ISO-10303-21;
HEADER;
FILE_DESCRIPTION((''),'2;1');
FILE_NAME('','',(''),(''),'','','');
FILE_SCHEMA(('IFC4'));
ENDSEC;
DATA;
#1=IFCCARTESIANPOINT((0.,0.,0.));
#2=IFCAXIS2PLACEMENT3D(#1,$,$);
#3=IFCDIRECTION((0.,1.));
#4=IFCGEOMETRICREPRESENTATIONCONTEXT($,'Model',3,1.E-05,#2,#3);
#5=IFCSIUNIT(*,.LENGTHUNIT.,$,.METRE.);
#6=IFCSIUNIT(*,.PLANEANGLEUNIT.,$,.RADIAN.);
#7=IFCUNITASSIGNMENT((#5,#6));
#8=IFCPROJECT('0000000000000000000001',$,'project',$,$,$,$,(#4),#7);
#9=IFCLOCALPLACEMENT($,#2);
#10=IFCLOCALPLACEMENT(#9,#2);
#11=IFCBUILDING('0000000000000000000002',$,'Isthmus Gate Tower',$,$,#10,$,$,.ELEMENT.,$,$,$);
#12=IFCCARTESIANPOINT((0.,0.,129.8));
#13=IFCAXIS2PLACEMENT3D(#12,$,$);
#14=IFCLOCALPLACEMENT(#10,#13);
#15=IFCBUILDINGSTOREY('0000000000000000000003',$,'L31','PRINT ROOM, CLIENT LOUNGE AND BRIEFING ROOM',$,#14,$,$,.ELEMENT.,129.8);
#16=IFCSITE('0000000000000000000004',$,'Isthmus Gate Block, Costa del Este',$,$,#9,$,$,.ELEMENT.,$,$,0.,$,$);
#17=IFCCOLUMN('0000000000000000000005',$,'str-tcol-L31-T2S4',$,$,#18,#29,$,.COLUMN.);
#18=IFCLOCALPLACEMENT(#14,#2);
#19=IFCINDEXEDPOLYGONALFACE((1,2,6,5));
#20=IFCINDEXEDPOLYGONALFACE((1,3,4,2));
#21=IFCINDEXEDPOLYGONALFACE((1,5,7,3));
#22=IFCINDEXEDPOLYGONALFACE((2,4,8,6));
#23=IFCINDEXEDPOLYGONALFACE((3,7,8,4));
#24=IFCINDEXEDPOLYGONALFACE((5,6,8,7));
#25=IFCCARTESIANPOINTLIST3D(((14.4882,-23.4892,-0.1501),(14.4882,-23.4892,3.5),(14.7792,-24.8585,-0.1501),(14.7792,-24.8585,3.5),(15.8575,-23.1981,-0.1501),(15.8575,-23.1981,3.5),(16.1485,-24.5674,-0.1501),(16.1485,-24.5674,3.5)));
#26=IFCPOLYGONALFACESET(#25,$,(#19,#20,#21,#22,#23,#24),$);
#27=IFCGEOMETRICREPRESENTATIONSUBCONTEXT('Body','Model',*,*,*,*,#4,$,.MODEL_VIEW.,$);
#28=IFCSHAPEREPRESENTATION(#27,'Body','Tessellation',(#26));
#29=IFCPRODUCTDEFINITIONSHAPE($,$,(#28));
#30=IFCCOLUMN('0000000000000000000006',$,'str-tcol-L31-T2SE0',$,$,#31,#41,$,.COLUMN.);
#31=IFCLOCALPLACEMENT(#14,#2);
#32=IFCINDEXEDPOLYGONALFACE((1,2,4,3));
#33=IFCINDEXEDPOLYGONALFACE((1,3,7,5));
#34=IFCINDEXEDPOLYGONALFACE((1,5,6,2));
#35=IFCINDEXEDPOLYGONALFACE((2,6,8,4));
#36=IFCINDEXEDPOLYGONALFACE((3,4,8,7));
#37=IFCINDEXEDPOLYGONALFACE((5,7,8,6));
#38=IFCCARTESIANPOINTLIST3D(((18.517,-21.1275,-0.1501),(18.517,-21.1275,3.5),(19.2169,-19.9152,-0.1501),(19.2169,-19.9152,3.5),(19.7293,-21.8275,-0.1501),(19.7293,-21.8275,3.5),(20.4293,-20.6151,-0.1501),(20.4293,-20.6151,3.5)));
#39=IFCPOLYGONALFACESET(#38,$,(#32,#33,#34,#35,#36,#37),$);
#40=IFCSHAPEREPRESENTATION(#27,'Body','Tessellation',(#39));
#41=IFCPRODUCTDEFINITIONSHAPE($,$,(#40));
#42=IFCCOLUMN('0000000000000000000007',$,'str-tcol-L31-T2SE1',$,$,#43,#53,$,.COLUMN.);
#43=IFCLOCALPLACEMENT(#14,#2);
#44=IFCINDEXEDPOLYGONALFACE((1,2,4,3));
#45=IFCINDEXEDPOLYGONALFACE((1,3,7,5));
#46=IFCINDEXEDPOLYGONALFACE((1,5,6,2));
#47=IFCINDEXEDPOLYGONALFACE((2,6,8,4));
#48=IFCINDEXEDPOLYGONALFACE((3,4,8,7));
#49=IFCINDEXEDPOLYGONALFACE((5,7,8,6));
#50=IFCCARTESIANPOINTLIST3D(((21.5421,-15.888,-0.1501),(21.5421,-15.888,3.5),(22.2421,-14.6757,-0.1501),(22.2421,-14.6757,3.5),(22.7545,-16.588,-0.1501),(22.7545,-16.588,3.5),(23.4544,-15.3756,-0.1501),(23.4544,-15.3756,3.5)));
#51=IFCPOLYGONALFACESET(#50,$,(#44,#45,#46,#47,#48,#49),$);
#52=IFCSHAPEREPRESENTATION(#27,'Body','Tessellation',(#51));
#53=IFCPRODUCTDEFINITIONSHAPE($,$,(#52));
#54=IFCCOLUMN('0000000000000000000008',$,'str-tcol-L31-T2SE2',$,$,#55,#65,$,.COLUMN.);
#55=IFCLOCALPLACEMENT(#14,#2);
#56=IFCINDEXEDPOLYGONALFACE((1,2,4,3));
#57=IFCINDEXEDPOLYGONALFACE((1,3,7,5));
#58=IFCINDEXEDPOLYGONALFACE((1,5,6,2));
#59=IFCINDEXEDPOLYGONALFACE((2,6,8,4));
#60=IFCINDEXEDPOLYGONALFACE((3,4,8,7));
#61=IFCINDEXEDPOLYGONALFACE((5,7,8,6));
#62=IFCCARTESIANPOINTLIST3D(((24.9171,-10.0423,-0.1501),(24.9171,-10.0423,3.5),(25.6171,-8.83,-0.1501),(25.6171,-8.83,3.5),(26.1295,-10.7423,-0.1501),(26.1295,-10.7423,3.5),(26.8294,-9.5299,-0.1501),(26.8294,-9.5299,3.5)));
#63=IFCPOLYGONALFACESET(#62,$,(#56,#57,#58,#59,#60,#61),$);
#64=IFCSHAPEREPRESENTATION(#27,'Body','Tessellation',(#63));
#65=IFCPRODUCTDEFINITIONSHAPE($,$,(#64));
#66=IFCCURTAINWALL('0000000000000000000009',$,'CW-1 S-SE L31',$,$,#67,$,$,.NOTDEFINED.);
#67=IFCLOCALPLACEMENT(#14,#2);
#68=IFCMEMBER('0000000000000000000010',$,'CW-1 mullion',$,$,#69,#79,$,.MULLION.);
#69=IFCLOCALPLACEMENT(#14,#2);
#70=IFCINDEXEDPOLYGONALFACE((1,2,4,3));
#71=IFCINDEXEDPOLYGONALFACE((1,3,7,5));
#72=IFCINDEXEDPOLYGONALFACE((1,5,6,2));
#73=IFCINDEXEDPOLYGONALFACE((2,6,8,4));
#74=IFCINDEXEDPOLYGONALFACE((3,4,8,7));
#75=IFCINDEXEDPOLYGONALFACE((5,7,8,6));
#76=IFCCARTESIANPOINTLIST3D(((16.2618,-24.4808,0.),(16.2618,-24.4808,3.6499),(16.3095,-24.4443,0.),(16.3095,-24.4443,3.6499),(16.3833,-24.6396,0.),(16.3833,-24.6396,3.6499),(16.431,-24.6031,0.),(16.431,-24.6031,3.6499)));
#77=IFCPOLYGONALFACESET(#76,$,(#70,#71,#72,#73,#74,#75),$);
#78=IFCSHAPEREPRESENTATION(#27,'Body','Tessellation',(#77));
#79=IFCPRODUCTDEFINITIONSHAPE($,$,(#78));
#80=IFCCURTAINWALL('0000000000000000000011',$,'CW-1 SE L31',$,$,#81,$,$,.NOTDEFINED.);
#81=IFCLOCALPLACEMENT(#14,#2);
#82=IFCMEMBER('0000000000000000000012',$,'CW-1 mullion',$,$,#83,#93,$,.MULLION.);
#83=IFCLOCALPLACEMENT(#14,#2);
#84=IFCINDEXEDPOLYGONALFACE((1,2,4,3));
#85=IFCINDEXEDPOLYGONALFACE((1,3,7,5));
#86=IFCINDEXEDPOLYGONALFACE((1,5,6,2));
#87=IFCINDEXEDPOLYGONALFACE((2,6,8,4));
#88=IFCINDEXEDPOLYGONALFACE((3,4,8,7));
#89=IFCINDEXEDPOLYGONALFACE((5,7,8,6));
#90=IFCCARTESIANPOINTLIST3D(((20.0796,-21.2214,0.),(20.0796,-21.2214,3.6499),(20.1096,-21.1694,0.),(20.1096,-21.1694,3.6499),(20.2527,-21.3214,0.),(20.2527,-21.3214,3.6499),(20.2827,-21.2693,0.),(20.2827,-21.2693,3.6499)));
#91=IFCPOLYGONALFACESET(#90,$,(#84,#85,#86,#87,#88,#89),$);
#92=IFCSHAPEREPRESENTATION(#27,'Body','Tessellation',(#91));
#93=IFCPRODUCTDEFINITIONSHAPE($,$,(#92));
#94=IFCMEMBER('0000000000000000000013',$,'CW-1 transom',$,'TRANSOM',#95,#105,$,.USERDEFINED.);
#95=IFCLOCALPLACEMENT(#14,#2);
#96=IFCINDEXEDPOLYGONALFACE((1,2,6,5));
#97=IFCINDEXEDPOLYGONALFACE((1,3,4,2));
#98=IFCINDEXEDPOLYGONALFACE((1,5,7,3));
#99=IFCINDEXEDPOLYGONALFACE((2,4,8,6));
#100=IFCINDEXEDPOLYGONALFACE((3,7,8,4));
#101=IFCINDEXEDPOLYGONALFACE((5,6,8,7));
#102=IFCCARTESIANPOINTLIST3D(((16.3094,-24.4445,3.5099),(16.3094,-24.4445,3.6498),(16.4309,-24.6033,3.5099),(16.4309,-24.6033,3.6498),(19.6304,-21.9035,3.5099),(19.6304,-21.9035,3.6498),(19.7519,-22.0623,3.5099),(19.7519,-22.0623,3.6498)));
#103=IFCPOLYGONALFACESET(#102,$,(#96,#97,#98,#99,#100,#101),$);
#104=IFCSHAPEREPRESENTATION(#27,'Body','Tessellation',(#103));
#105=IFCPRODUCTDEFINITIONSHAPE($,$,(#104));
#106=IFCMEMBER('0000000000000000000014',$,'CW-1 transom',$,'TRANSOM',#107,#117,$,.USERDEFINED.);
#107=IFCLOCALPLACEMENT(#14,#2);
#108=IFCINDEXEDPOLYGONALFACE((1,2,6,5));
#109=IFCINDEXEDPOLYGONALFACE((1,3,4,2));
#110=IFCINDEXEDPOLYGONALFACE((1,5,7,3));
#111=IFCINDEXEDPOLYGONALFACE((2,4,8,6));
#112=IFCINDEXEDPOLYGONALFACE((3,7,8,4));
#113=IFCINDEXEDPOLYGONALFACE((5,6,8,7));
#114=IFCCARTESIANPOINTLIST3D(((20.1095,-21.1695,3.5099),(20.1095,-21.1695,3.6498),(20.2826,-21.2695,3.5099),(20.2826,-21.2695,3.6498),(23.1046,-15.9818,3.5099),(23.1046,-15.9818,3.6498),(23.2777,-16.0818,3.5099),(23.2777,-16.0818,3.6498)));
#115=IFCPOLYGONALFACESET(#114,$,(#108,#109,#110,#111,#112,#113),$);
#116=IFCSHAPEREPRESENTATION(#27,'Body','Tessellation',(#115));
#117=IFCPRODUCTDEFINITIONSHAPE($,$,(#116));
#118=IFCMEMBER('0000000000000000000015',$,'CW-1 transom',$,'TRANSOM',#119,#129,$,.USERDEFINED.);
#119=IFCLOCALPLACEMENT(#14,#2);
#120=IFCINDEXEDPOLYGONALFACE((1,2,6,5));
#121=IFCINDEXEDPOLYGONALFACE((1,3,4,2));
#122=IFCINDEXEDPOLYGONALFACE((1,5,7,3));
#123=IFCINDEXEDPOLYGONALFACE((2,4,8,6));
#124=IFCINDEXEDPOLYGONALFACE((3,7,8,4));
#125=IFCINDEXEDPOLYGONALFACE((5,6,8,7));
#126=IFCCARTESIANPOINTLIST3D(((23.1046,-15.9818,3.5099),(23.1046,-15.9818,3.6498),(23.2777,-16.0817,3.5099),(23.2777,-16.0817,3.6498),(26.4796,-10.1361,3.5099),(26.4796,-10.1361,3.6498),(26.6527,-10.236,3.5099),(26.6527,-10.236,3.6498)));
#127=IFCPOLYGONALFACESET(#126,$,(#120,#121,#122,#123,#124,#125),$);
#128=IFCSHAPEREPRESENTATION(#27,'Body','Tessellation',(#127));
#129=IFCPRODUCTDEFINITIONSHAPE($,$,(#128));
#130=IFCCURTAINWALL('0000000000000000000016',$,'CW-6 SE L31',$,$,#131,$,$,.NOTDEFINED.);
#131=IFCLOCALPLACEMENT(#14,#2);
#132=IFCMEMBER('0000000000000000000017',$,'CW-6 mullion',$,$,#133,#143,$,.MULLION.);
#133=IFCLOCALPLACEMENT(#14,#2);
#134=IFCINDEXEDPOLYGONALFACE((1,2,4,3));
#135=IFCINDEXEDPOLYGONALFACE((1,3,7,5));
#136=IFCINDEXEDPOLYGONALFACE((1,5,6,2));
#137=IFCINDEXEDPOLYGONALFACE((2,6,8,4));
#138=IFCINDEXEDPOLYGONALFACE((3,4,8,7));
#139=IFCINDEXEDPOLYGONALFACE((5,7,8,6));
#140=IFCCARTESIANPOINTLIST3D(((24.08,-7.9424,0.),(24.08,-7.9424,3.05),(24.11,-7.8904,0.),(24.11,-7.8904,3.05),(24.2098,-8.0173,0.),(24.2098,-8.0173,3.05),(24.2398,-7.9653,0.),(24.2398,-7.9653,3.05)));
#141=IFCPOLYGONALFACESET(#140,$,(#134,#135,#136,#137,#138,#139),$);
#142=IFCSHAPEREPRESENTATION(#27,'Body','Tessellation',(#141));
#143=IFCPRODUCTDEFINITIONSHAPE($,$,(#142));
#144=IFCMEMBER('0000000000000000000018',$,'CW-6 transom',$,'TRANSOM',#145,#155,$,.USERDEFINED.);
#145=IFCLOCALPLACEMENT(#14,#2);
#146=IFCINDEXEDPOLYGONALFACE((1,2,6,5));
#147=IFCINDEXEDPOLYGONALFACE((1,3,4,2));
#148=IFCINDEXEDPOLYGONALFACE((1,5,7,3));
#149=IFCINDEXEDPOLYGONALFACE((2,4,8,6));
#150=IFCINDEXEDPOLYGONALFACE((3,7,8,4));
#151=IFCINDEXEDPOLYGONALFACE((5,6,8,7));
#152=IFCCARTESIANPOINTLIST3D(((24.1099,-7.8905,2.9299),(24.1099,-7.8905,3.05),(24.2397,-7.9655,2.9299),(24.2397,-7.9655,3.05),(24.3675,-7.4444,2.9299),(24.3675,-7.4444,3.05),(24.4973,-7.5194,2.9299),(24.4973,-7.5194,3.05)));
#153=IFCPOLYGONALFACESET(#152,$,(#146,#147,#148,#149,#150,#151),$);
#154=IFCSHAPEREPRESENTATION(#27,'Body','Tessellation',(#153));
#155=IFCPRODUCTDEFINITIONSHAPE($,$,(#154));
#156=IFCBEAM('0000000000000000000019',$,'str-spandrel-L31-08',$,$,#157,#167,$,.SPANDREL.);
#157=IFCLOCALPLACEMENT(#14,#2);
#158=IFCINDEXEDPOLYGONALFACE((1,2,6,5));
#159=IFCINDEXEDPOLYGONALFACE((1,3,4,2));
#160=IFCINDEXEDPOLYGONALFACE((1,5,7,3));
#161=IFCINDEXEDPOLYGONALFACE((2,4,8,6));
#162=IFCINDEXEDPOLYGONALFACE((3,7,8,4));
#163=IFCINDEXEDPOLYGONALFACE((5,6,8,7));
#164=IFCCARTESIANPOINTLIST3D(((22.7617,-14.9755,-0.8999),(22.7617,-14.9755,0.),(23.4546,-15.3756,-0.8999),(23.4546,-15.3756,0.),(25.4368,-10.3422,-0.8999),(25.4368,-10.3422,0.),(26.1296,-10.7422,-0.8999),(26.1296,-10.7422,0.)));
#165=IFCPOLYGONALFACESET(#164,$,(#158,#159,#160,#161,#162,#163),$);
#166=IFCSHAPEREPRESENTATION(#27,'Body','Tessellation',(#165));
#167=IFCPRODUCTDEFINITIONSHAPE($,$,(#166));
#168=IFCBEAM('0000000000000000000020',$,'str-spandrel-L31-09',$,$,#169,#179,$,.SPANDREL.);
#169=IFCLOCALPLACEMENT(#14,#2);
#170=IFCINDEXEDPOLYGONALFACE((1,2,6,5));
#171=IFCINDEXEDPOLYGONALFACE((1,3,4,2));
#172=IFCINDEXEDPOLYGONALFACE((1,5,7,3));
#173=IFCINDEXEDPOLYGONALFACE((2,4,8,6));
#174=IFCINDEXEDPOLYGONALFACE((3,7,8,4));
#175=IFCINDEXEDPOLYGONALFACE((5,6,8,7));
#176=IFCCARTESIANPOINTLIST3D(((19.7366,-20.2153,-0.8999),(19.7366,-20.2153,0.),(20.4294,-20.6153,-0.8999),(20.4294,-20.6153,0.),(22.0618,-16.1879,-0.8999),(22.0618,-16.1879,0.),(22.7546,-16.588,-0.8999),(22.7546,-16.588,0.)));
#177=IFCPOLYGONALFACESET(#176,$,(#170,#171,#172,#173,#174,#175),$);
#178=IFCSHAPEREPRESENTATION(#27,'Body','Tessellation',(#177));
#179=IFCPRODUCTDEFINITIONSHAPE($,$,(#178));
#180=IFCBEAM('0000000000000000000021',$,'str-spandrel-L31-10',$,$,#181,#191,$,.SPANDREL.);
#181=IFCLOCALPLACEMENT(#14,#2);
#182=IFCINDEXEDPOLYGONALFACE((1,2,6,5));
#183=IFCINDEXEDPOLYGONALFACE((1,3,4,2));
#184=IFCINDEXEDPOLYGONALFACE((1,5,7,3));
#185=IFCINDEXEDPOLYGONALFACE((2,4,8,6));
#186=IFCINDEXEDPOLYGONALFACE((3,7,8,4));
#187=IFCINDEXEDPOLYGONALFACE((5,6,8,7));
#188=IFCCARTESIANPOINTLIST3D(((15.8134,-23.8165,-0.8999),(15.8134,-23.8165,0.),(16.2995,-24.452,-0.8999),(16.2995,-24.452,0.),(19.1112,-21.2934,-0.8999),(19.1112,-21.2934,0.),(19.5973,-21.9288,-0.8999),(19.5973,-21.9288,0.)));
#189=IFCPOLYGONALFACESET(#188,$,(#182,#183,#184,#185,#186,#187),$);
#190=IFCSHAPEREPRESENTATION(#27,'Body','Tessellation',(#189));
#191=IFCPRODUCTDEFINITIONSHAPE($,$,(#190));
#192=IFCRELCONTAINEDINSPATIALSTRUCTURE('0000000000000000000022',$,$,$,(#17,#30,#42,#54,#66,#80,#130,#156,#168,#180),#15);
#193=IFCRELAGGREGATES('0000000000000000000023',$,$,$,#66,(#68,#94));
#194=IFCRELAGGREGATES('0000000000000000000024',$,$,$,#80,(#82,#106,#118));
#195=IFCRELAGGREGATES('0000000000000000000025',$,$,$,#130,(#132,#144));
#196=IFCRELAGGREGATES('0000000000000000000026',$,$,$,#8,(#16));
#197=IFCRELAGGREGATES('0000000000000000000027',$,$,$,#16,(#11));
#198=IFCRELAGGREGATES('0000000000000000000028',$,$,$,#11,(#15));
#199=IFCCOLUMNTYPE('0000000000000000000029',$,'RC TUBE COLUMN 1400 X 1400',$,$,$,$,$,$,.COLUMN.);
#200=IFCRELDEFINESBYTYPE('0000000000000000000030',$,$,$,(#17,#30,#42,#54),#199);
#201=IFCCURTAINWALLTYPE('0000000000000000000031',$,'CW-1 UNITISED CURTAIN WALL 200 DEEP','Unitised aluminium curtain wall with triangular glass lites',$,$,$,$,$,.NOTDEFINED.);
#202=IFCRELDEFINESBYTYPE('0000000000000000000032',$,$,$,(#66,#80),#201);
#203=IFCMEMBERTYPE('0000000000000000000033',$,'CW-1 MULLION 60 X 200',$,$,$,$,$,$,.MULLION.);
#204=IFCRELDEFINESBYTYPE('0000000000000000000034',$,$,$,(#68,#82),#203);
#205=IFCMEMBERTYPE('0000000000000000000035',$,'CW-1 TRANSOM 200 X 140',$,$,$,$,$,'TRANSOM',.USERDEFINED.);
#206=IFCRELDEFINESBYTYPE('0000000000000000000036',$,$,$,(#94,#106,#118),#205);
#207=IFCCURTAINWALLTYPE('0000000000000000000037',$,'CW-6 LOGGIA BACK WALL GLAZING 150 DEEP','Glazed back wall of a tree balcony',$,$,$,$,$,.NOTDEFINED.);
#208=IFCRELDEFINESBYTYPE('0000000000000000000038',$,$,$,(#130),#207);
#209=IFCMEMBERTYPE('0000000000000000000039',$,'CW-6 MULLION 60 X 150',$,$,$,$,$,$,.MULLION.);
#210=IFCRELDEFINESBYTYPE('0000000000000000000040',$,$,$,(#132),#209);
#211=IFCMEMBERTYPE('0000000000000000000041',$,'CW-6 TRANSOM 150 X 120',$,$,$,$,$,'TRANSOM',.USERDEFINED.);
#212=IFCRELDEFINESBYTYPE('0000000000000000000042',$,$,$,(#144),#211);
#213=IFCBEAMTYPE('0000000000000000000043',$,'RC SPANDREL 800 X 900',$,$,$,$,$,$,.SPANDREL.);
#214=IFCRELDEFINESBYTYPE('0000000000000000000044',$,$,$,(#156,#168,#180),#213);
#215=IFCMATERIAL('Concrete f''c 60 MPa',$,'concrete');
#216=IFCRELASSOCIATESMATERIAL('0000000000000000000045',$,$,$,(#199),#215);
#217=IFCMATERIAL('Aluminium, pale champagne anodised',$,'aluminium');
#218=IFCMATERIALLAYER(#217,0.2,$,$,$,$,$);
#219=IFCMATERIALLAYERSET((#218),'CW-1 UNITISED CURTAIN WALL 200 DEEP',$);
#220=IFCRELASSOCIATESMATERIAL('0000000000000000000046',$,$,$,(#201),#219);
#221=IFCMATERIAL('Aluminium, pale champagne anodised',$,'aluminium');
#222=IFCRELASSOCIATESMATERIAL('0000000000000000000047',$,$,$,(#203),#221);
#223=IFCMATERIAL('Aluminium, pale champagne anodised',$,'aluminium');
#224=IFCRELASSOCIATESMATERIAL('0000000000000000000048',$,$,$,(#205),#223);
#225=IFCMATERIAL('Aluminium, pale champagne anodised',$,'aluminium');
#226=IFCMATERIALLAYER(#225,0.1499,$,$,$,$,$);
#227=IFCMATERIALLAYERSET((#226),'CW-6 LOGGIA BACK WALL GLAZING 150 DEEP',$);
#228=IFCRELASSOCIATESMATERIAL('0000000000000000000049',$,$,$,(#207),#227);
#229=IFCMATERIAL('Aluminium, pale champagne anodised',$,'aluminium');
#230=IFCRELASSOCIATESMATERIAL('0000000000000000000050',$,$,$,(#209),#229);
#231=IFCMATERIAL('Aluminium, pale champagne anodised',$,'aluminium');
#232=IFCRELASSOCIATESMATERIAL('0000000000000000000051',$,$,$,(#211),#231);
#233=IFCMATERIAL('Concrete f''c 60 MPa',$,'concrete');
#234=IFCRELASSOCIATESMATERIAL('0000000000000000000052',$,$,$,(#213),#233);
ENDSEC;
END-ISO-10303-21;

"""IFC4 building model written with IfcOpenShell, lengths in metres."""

from ifc_helpers import new_model, si_unit, direction, frame, origin, origin_2d, place, context, subcontext, project, spatial, rectangle, extrude, material, layer, layer_set, material_profile, profile_set, type_object, element, aggregate, save


model = new_model("IFC4")

# Units and contexts
model_context = context("Model", 3, precision=1e-05, world=origin(), true_north=direction((0.0, 1.0)))
body_context = subcontext(model_context, "Body", "Model", "MODEL_VIEW")
ifc_project = project(units=[si_unit("LENGTHUNIT", "METRE"), si_unit("PLANEANGLEUNIT", "RADIAN")], contexts=[model_context])

# Site, building, storey
site_placement = place(None, origin())
site = spatial("IfcSite", under=ifc_project, at=site_placement, Name="Isthmus Gate Block, Costa del Este", CompositionType="ELEMENT", RefElevation=0.0)
building_placement = place(site_placement, origin())
building = spatial("IfcBuilding", under=site, at=building_placement, Name="Isthmus Gate Tower", CompositionType="ELEMENT")
storey_placement = place(building_placement, frame((0.0, 0.0, 129.8)))
storey = spatial("IfcBuildingStorey", under=building, at=storey_placement, Name="L31", Description="PRINT ROOM, CLIENT LOUNGE AND BRIEFING ROOM", CompositionType="ELEMENT", Elevation=129.8)

# Columns
ifc_material_1 = material(Name="Concrete f'c 60 MPa", Category="concrete")
ifc_material_profile_1 = material_profile(ifc_material_1, rectangle(XDim=1.3999, YDim=1.3999, at=origin_2d()), Name="RC 1400X1400")
ifc_profile_set_1 = profile_set([ifc_material_profile_1], Name="Concrete f'c 60 MPa")
column_type = type_object("IfcColumnType", Name="RC TUBE COLUMN 1400 X 1400", PredefinedType="COLUMN", material=ifc_profile_set_1)
for number, where, z_axis, x_axis, name in (
    (1, (15.3184, -24.0283, -0.1501), (0.0, 0.0, 1.0), (0.978148, 0.207912, 0.0), "str-tcol-L31-T2S4"),
    (2, (19.4731, -20.8713, -0.1501), (0.0, 0.0, 1.0), (0.5, 0.866025, 0.0), "str-tcol-L31-T2SE0"),
    (3, (22.4983, -15.6318, -0.1501), (0.0, 0.0, 1.0), (0.5, 0.866025, 0.0), "str-tcol-L31-T2SE1"),
    (4, (25.8733, -9.7861, -0.1501), (0.0, 0.0, 1.0), (0.5, 0.866025, 0.0), "str-tcol-L31-T2SE2"),
):
    element("IfcColumn", number, at=place(storey_placement, frame(where, z_axis=z_axis, x_axis=x_axis)), inside=storey, type_object=column_type, Name=name, PredefinedType="COLUMN", context=body_context, shape_type="SweptSolid", body=[
        extrude(rectangle(XDim=1.3999, YDim=1.3999, at=origin_2d()), origin(), (0.0, 0.0, 1.0), 3.6501),
    ])

# Curtain walls, members
ifc_material_2 = material(Name="Aluminium, pale champagne anodised", Category="aluminium")
ifc_layer_1 = layer(ifc_material_2, 0.2)
ifc_layer_set_1 = layer_set([ifc_layer_1], Name="CW-1 UNITISED CURTAIN WALL 200 DEEP")
curtain_wall_type_1 = type_object("IfcCurtainWallType", Name="CW-1 UNITISED CURTAIN WALL 200 DEEP", Description="Unitised aluminium curtain wall with triangular glass lites", PredefinedType="NOTDEFINED", material=ifc_layer_set_1)
curtain_wall_1_placement = place(storey_placement, origin())
curtain_wall_1 = element("IfcCurtainWall", 5, at=curtain_wall_1_placement, inside=storey, type_object=curtain_wall_type_1, Name="CW-1 S-SE L31", PredefinedType="NOTDEFINED")
ifc_material_3 = material(Name="Aluminium, pale champagne anodised", Category="aluminium")
ifc_material_profile_2 = material_profile(ifc_material_3, rectangle(XDim=0.0601, YDim=0.2, at=origin_2d()), Name="60x200")
ifc_profile_set_2 = profile_set([ifc_material_profile_2], Name="Aluminium, pale champagne anodised")
member_type_1 = type_object("IfcMemberType", Name="CW-1 MULLION 60 X 200", PredefinedType="MULLION", material=ifc_profile_set_2)
member_1_placement = place(storey_placement, frame((16.3464, -24.542, 0.0), z_axis=(0.0, 0.0, 1.0), x_axis=(0.794189, 0.607671, 0.0)))
member_1 = element("IfcMember", 6, at=member_1_placement, type_object=member_type_1, Name="CW-1 mullion", PredefinedType="MULLION", context=body_context, shape_type="SweptSolid", body=[
    extrude(rectangle(XDim=0.0601, YDim=0.2, at=origin_2d()), origin(), (0.0, 0.0, 1.0), 3.6499),
])
curtain_wall_2_placement = place(storey_placement, origin())
curtain_wall_2 = element("IfcCurtainWall", 7, at=curtain_wall_2_placement, inside=storey, type_object=curtain_wall_type_1, Name="CW-1 SE L31", PredefinedType="NOTDEFINED")
member_2_placement = place(storey_placement, frame((20.1812, -21.2454, 0.0), z_axis=(0.0, 0.0, 1.0), x_axis=(0.5, 0.866025, 0.0)))
member_2 = element("IfcMember", 8, at=member_2_placement, type_object=member_type_1, Name="CW-1 mullion", PredefinedType="MULLION", context=body_context, shape_type="SweptSolid", body=[
    extrude(rectangle(XDim=0.0601, YDim=0.2, at=origin_2d()), origin(), (0.0, 0.0, 1.0), 3.6499),
])

# Members
ifc_material_4 = material(Name="Aluminium, pale champagne anodised", Category="aluminium")
ifc_material_profile_3 = material_profile(ifc_material_4, rectangle(XDim=0.2, YDim=0.1399, at=origin_2d()), Name="200x140")
ifc_profile_set_3 = profile_set([ifc_material_profile_3], Name="Aluminium, pale champagne anodised")
member_type_2 = type_object("IfcMemberType", Name="CW-1 TRANSOM 200 X 140", ElementType="TRANSOM", PredefinedType="USERDEFINED", material=ifc_profile_set_3)
member_3_placement = place(storey_placement, frame((16.3701, -24.5239, 3.5798), z_axis=(0.794197, 0.60766, 0.0), x_axis=(-0.60766, 0.794197, 0.0)))
member_3 = element("IfcMember", 9, at=member_3_placement, type_object=member_type_2, Name="CW-1 transom", ObjectType="TRANSOM", PredefinedType="USERDEFINED", context=body_context, shape_type="SweptSolid", body=[
    extrude(rectangle(XDim=0.2, YDim=0.1399, at=origin_2d()), origin(), (0.0, 0.0, 1.0), 4.1816),
])
member_4_placement = place(storey_placement, frame((20.196, -21.2195, 3.5798), z_axis=(0.499996, 0.866027, 0.0), x_axis=(-0.866027, 0.499996, 0.0)))
member_4 = element("IfcMember", 10, at=member_4_placement, type_object=member_type_2, Name="CW-1 transom", ObjectType="TRANSOM", PredefinedType="USERDEFINED", context=body_context, shape_type="SweptSolid", body=[
    extrude(rectangle(XDim=0.2, YDim=0.1399, at=origin_2d()), origin(), (0.0, 0.0, 1.0), 5.9902),
])
member_5_placement = place(storey_placement, frame((23.1912, -16.0317, 3.5798), z_axis=(0.499998, 0.866027, 0.0), x_axis=(-0.866027, 0.499998, 0.0)))
member_5 = element("IfcMember", 11, at=member_5_placement, type_object=member_type_2, Name="CW-1 transom", ObjectType="TRANSOM", PredefinedType="USERDEFINED", context=body_context, shape_type="SweptSolid", body=[
    extrude(rectangle(XDim=0.2, YDim=0.1399, at=origin_2d()), origin(), (0.0, 0.0, 1.0), 6.75),
])

# Curtain wall, members
ifc_material_5 = material(Name="Aluminium, pale champagne anodised", Category="aluminium")
ifc_layer_2 = layer(ifc_material_5, 0.1499)
ifc_layer_set_2 = layer_set([ifc_layer_2], Name="CW-6 LOGGIA BACK WALL GLAZING 150 DEEP")
curtain_wall_type_2 = type_object("IfcCurtainWallType", Name="CW-6 LOGGIA BACK WALL GLAZING 150 DEEP", Description="Glazed back wall of a tree balcony", PredefinedType="NOTDEFINED", material=ifc_layer_set_2)
curtain_wall_3_placement = place(storey_placement, origin())
curtain_wall_3 = element("IfcCurtainWall", 12, at=curtain_wall_3_placement, inside=storey, type_object=curtain_wall_type_2, Name="CW-6 SE L31", PredefinedType="NOTDEFINED")
ifc_material_6 = material(Name="Aluminium, pale champagne anodised", Category="aluminium")
ifc_material_profile_4 = material_profile(ifc_material_6, rectangle(XDim=0.0601, YDim=0.1499, at=origin_2d()), Name="60x150")
ifc_profile_set_4 = profile_set([ifc_material_profile_4], Name="Aluminium, pale champagne anodised")
member_type_3 = type_object("IfcMemberType", Name="CW-6 MULLION 60 X 150", PredefinedType="MULLION", material=ifc_profile_set_4)
member_6_placement = place(storey_placement, frame((24.1599, -7.9539, 0.0), z_axis=(0.0, 0.0, 1.0), x_axis=(0.5, 0.866025, 0.0)))
member_6 = element("IfcMember", 13, at=member_6_placement, type_object=member_type_3, Name="CW-6 mullion", PredefinedType="MULLION", context=body_context, shape_type="SweptSolid", body=[
    extrude(rectangle(XDim=0.0601, YDim=0.1499, at=origin_2d()), origin(), (0.0, 0.0, 1.0), 3.05),
])
ifc_material_7 = material(Name="Aluminium, pale champagne anodised", Category="aluminium")
ifc_material_profile_5 = material_profile(ifc_material_7, rectangle(XDim=0.1499, YDim=0.1201, at=origin_2d()), Name="150x120")
ifc_profile_set_5 = profile_set([ifc_material_profile_5], Name="Aluminium, pale champagne anodised")
member_type_4 = type_object("IfcMemberType", Name="CW-6 TRANSOM 150 X 120", ElementType="TRANSOM", PredefinedType="USERDEFINED", material=ifc_profile_set_5)
member_7_placement = place(storey_placement, frame((24.1748, -7.928, 2.99), z_axis=(0.500064, 0.865988, 0.0), x_axis=(-0.865988, 0.500064, 0.0)))
member_7 = element("IfcMember", 14, at=member_7_placement, type_object=member_type_4, Name="CW-6 transom", ObjectType="TRANSOM", PredefinedType="USERDEFINED", context=body_context, shape_type="SweptSolid", body=[
    extrude(rectangle(XDim=0.1499, YDim=0.1201, at=origin_2d()), origin(), (0.0, 0.0, 1.0), 0.5151),
])

# Beams
ifc_material_8 = material(Name="Concrete f'c 60 MPa", Category="concrete")
ifc_material_profile_6 = material_profile(ifc_material_8, rectangle(XDim=0.8, YDim=0.8999, at=origin_2d()), Name="RC 800X900")
ifc_profile_set_6 = profile_set([ifc_material_profile_6], Name="Concrete f'c 60 MPa")
beam_type_1 = type_object("IfcBeamType", Name="RC SPANDREL 800 X 900", PredefinedType="SPANDREL", material=ifc_profile_set_6)
beam_1_placement = place(storey_placement, frame((25.7832, -10.5422, -0.45), z_axis=(-0.500002, -0.866024, 0.0), x_axis=(0.866024, -0.500002, 0.0)))
element("IfcBeam", 15, at=beam_1_placement, inside=storey, type_object=beam_type_1, Name="str-spandrel-L31-08", PredefinedType="SPANDREL", context=body_context, shape_type="SweptSolid", body=[
    extrude(rectangle(XDim=0.8, YDim=0.8999, at=origin_2d()), origin(), (0.0, 0.0, 1.0), 5.3501),
])
beam_2_placement = place(storey_placement, frame((22.4082, -16.3879, -0.45), z_axis=(-0.500001, -0.866025, 0.0), x_axis=(0.866025, -0.500001, 0.0)))
element("IfcBeam", 16, at=beam_2_placement, inside=storey, type_object=beam_type_1, Name="str-spandrel-L31-09", PredefinedType="SPANDREL", context=body_context, shape_type="SweptSolid", body=[
    extrude(rectangle(XDim=0.8, YDim=0.8999, at=origin_2d()), origin(), (0.0, 0.0, 1.0), 4.6504),
])
beam_3_placement = place(storey_placement, frame((19.3542, -21.6111, -0.45), z_axis=(-0.794206, -0.607649, 0.0), x_axis=(0.607649, -0.794206, 0.0)))
element("IfcBeam", 17, at=beam_3_placement, inside=storey, type_object=beam_type_1, Name="str-spandrel-L31-10", PredefinedType="SPANDREL", context=body_context, shape_type="SweptSolid", body=[
    extrude(rectangle(XDim=0.8, YDim=0.8999, at=origin_2d()), origin(), (0.0, 0.0, 1.0), 4.1523),
])

aggregate(curtain_wall_1, [member_1, member_3])
aggregate(curtain_wall_2, [member_2, member_4, member_5])
aggregate(curtain_wall_3, [member_6, member_7])

save(model, "model.ifc")
